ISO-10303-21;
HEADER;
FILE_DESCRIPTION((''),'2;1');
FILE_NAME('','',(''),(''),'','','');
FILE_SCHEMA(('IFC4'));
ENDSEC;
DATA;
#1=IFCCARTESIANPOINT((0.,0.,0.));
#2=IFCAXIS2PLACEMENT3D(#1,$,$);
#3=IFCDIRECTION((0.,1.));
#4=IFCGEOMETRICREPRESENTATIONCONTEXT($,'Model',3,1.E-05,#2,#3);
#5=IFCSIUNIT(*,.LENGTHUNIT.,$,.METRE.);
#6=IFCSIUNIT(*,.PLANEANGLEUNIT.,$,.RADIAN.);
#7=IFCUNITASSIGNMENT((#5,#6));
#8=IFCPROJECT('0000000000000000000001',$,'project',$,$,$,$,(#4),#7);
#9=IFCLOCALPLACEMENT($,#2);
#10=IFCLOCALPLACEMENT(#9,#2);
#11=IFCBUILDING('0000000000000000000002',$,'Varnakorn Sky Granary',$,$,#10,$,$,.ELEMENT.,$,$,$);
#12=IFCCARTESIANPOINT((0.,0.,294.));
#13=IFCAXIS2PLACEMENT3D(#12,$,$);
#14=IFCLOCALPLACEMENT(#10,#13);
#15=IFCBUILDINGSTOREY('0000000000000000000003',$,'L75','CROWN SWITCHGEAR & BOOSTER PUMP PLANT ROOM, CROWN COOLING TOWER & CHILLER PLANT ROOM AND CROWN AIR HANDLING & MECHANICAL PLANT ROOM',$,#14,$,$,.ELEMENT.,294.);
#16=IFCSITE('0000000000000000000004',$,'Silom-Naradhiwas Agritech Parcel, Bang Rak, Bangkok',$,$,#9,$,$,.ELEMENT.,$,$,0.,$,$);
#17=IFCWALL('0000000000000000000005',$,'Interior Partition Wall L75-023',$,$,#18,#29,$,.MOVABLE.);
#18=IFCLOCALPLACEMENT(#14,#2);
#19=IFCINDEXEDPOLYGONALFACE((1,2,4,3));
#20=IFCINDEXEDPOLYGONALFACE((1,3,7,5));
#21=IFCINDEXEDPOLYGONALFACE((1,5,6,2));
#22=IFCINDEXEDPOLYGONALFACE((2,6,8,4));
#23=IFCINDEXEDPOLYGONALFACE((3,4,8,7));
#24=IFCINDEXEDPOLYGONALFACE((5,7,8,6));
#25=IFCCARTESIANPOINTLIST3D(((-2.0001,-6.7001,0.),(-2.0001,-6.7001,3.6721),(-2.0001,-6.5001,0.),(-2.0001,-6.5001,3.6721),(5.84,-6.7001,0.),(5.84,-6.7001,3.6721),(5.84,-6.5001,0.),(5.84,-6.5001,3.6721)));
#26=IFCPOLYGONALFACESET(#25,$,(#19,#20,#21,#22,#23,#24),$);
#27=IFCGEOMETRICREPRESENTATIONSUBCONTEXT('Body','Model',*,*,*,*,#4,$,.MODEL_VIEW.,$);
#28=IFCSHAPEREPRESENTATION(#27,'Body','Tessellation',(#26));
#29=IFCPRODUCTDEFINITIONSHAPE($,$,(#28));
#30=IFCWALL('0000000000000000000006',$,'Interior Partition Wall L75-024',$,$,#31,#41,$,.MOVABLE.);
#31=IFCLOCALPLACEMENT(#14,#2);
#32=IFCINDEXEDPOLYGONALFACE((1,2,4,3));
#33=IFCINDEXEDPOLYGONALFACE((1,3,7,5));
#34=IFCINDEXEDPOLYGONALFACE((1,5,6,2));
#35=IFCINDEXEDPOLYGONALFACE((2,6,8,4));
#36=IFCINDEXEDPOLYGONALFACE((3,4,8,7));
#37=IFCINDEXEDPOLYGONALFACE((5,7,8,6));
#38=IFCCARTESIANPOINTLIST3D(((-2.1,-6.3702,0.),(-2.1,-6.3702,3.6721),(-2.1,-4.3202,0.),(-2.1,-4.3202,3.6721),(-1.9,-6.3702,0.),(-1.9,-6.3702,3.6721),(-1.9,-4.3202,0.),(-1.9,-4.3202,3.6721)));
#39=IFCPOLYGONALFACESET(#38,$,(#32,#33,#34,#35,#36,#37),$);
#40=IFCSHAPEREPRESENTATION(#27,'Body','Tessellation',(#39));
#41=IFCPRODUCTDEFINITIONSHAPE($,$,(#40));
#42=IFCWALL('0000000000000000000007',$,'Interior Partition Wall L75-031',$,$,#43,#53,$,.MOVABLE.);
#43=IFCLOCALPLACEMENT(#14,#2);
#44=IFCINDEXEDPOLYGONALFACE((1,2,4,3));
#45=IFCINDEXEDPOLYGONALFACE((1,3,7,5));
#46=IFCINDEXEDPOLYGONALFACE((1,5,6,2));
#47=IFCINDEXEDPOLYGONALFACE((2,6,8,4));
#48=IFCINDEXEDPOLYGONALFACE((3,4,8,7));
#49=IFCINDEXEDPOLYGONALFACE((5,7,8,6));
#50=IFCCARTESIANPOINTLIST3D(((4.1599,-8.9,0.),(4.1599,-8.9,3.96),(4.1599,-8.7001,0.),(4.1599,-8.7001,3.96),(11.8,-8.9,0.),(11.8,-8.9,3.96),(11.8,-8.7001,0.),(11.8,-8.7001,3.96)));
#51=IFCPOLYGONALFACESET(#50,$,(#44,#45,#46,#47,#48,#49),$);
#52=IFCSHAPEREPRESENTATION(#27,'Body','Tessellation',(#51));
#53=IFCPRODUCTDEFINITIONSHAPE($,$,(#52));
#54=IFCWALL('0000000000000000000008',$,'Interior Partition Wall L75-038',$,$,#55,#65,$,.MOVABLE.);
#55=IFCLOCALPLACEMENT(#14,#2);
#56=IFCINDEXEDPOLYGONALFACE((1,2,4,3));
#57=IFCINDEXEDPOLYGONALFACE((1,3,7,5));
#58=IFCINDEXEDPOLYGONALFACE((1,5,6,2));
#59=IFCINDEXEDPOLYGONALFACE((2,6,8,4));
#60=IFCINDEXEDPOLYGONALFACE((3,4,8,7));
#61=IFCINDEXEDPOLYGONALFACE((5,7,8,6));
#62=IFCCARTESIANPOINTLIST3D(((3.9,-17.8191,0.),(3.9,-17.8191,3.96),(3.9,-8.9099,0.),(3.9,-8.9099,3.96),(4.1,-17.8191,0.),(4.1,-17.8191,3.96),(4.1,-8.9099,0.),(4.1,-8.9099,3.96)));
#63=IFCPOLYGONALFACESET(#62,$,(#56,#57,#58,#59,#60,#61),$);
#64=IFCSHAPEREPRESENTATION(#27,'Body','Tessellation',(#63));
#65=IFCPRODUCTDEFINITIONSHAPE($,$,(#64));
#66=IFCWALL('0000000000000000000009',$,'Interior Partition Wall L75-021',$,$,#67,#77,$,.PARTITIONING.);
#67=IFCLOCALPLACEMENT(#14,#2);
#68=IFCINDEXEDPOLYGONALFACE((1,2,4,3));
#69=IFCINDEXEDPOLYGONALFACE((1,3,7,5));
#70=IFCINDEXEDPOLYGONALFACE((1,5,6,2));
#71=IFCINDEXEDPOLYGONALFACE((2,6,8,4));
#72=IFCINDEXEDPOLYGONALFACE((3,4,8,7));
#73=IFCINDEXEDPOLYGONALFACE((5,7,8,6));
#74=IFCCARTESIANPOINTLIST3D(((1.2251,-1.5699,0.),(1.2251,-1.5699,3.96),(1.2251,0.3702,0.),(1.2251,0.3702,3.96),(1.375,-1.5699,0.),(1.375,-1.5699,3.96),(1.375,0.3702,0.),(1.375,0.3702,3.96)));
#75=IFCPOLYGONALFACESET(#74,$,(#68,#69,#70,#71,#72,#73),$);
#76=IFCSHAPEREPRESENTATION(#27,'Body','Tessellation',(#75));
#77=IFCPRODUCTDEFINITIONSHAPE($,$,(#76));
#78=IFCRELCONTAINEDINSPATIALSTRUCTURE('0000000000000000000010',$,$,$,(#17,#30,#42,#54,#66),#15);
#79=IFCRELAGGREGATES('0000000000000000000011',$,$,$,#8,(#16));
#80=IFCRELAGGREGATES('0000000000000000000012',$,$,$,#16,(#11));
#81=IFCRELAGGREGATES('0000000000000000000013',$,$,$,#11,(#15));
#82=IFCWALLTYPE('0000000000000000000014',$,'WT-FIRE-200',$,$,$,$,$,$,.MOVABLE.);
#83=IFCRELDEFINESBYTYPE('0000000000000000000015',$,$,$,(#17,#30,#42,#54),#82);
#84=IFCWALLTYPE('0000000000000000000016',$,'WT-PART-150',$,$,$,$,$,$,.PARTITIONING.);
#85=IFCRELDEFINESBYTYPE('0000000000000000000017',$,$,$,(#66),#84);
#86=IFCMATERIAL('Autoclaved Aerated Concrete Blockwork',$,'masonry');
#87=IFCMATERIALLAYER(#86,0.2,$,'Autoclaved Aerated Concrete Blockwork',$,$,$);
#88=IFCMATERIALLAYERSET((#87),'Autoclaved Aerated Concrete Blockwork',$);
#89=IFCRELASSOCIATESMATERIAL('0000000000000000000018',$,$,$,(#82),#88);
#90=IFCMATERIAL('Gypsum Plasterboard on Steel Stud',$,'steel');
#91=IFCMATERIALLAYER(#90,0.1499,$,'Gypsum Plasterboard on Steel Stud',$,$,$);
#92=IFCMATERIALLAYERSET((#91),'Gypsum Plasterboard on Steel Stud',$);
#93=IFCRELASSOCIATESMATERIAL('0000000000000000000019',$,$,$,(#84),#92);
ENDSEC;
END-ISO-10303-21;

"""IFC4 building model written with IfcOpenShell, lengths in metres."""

from ifc_helpers import new_model, si_unit, direction, frame, frame_2d, origin, place, context, subcontext, project, spatial, rectangle, extrude, material, layer, layer_set, type_object, element, save


model = new_model("IFC4")

# Units and contexts
model_context = context("Model", 3, precision=1e-05, world=origin(), true_north=direction((0.0, 1.0)))
body_context = subcontext(model_context, "Body", "Model", "MODEL_VIEW")
ifc_project = project(units=[si_unit("LENGTHUNIT", "METRE"), si_unit("PLANEANGLEUNIT", "RADIAN")], contexts=[model_context])

# Site, building, storey
site_placement = place(None, origin())
site = spatial("IfcSite", under=ifc_project, at=site_placement, Name="Silom-Naradhiwas Agritech Parcel, Bang Rak, Bangkok", CompositionType="ELEMENT", RefElevation=0.0)
building_placement = place(site_placement, origin())
building = spatial("IfcBuilding", under=site, at=building_placement, Name="Varnakorn Sky Granary", CompositionType="ELEMENT")
storey_placement = place(building_placement, frame((0.0, 0.0, 294.0)))
storey = spatial("IfcBuildingStorey", under=building, at=storey_placement, Name="L75", Description="CROWN SWITCHGEAR & BOOSTER PUMP PLANT ROOM, CROWN COOLING TOWER & CHILLER PLANT ROOM AND CROWN AIR HANDLING & MECHANICAL PLANT ROOM", CompositionType="ELEMENT", Elevation=294.0)

# Shared definitions
ifc_material_1 = material(Name="Autoclaved Aerated Concrete Blockwork", Category="masonry")
ifc_layer_1 = layer(ifc_material_1, 0.2, Name="Autoclaved Aerated Concrete Blockwork")
ifc_layer_set_1 = layer_set([ifc_layer_1], Name="Autoclaved Aerated Concrete Blockwork")
wall_type_1 = type_object("IfcWallType", Name="WT-FIRE-200", PredefinedType="MOVABLE", material=ifc_layer_set_1)

# Walls
wall_1_placement = place(storey_placement, frame((-2.0, -6.6001, 0.0), z_axis=(0.0, 0.0, 1.0), x_axis=(1.0, 0.0, 0.0)))
element("IfcWall", 1, at=wall_1_placement, inside=storey, type_object=wall_type_1, Name="Interior Partition Wall L75-023", PredefinedType="MOVABLE", context=body_context, shape_type="SweptSolid", body=[
    extrude(rectangle(XDim=7.8401, YDim=0.2, at=frame_2d((3.9199, 0.0))), origin(), (0.0, 0.0, 1.0), 3.6721),
])
wall_2_placement = place(storey_placement, frame((-2.0, -6.3701, 0.0), z_axis=(0.0, 0.0, 1.0), x_axis=(0.0, 1.0, 0.0)))
element("IfcWall", 2, at=wall_2_placement, inside=storey, type_object=wall_type_1, Name="Interior Partition Wall L75-024", PredefinedType="MOVABLE", context=body_context, shape_type="SweptSolid", body=[
    extrude(rectangle(XDim=2.05, YDim=0.2, at=frame_2d((1.0249, 0.0))), origin(), (0.0, 0.0, 1.0), 3.6721),
])
wall_3_placement = place(storey_placement, frame((4.1599, -8.8, 0.0), z_axis=(0.0, 0.0, 1.0), x_axis=(1.0, 0.0, 0.0)))
element("IfcWall", 3, at=wall_3_placement, inside=storey, type_object=wall_type_1, Name="Interior Partition Wall L75-031", PredefinedType="MOVABLE", context=body_context, shape_type="SweptSolid", body=[
    extrude(rectangle(XDim=7.6401, YDim=0.2, at=frame_2d((3.8201, 0.0))), origin(), (0.0, 0.0, 1.0), 3.96),
])
wall_4_placement = place(storey_placement, frame((4.0, -8.9099, 0.0), z_axis=(0.0, 0.0, 1.0), x_axis=(0.0, -1.0, 0.0)))
element("IfcWall", 4, at=wall_4_placement, inside=storey, type_object=wall_type_1, Name="Interior Partition Wall L75-038", PredefinedType="MOVABLE", context=body_context, shape_type="SweptSolid", body=[
    extrude(rectangle(XDim=8.9092, YDim=0.2, at=frame_2d((4.4546, 0.0))), origin(), (0.0, 0.0, 1.0), 3.96),
])
ifc_material_2 = material(Name="Gypsum Plasterboard on Steel Stud", Category="steel")
ifc_layer_2 = layer(ifc_material_2, 0.1499, Name="Gypsum Plasterboard on Steel Stud")
ifc_layer_set_2 = layer_set([ifc_layer_2], Name="Gypsum Plasterboard on Steel Stud")
wall_type_2 = type_object("IfcWallType", Name="WT-PART-150", PredefinedType="PARTITIONING", material=ifc_layer_set_2)
wall_5_placement = place(storey_placement, frame((1.3, -1.5701, 0.0), z_axis=(0.0, 0.0, 1.0), x_axis=(0.0, 1.0, 0.0)))
element("IfcWall", 5, at=wall_5_placement, inside=storey, type_object=wall_type_2, Name="Interior Partition Wall L75-021", PredefinedType="PARTITIONING", context=body_context, shape_type="SweptSolid", body=[
    extrude(rectangle(XDim=1.9402, YDim=0.1499, at=frame_2d((0.9702, 0.0))), origin(), (0.0, 0.0, 1.0), 3.96),
])

save(model, "model.ifc")
